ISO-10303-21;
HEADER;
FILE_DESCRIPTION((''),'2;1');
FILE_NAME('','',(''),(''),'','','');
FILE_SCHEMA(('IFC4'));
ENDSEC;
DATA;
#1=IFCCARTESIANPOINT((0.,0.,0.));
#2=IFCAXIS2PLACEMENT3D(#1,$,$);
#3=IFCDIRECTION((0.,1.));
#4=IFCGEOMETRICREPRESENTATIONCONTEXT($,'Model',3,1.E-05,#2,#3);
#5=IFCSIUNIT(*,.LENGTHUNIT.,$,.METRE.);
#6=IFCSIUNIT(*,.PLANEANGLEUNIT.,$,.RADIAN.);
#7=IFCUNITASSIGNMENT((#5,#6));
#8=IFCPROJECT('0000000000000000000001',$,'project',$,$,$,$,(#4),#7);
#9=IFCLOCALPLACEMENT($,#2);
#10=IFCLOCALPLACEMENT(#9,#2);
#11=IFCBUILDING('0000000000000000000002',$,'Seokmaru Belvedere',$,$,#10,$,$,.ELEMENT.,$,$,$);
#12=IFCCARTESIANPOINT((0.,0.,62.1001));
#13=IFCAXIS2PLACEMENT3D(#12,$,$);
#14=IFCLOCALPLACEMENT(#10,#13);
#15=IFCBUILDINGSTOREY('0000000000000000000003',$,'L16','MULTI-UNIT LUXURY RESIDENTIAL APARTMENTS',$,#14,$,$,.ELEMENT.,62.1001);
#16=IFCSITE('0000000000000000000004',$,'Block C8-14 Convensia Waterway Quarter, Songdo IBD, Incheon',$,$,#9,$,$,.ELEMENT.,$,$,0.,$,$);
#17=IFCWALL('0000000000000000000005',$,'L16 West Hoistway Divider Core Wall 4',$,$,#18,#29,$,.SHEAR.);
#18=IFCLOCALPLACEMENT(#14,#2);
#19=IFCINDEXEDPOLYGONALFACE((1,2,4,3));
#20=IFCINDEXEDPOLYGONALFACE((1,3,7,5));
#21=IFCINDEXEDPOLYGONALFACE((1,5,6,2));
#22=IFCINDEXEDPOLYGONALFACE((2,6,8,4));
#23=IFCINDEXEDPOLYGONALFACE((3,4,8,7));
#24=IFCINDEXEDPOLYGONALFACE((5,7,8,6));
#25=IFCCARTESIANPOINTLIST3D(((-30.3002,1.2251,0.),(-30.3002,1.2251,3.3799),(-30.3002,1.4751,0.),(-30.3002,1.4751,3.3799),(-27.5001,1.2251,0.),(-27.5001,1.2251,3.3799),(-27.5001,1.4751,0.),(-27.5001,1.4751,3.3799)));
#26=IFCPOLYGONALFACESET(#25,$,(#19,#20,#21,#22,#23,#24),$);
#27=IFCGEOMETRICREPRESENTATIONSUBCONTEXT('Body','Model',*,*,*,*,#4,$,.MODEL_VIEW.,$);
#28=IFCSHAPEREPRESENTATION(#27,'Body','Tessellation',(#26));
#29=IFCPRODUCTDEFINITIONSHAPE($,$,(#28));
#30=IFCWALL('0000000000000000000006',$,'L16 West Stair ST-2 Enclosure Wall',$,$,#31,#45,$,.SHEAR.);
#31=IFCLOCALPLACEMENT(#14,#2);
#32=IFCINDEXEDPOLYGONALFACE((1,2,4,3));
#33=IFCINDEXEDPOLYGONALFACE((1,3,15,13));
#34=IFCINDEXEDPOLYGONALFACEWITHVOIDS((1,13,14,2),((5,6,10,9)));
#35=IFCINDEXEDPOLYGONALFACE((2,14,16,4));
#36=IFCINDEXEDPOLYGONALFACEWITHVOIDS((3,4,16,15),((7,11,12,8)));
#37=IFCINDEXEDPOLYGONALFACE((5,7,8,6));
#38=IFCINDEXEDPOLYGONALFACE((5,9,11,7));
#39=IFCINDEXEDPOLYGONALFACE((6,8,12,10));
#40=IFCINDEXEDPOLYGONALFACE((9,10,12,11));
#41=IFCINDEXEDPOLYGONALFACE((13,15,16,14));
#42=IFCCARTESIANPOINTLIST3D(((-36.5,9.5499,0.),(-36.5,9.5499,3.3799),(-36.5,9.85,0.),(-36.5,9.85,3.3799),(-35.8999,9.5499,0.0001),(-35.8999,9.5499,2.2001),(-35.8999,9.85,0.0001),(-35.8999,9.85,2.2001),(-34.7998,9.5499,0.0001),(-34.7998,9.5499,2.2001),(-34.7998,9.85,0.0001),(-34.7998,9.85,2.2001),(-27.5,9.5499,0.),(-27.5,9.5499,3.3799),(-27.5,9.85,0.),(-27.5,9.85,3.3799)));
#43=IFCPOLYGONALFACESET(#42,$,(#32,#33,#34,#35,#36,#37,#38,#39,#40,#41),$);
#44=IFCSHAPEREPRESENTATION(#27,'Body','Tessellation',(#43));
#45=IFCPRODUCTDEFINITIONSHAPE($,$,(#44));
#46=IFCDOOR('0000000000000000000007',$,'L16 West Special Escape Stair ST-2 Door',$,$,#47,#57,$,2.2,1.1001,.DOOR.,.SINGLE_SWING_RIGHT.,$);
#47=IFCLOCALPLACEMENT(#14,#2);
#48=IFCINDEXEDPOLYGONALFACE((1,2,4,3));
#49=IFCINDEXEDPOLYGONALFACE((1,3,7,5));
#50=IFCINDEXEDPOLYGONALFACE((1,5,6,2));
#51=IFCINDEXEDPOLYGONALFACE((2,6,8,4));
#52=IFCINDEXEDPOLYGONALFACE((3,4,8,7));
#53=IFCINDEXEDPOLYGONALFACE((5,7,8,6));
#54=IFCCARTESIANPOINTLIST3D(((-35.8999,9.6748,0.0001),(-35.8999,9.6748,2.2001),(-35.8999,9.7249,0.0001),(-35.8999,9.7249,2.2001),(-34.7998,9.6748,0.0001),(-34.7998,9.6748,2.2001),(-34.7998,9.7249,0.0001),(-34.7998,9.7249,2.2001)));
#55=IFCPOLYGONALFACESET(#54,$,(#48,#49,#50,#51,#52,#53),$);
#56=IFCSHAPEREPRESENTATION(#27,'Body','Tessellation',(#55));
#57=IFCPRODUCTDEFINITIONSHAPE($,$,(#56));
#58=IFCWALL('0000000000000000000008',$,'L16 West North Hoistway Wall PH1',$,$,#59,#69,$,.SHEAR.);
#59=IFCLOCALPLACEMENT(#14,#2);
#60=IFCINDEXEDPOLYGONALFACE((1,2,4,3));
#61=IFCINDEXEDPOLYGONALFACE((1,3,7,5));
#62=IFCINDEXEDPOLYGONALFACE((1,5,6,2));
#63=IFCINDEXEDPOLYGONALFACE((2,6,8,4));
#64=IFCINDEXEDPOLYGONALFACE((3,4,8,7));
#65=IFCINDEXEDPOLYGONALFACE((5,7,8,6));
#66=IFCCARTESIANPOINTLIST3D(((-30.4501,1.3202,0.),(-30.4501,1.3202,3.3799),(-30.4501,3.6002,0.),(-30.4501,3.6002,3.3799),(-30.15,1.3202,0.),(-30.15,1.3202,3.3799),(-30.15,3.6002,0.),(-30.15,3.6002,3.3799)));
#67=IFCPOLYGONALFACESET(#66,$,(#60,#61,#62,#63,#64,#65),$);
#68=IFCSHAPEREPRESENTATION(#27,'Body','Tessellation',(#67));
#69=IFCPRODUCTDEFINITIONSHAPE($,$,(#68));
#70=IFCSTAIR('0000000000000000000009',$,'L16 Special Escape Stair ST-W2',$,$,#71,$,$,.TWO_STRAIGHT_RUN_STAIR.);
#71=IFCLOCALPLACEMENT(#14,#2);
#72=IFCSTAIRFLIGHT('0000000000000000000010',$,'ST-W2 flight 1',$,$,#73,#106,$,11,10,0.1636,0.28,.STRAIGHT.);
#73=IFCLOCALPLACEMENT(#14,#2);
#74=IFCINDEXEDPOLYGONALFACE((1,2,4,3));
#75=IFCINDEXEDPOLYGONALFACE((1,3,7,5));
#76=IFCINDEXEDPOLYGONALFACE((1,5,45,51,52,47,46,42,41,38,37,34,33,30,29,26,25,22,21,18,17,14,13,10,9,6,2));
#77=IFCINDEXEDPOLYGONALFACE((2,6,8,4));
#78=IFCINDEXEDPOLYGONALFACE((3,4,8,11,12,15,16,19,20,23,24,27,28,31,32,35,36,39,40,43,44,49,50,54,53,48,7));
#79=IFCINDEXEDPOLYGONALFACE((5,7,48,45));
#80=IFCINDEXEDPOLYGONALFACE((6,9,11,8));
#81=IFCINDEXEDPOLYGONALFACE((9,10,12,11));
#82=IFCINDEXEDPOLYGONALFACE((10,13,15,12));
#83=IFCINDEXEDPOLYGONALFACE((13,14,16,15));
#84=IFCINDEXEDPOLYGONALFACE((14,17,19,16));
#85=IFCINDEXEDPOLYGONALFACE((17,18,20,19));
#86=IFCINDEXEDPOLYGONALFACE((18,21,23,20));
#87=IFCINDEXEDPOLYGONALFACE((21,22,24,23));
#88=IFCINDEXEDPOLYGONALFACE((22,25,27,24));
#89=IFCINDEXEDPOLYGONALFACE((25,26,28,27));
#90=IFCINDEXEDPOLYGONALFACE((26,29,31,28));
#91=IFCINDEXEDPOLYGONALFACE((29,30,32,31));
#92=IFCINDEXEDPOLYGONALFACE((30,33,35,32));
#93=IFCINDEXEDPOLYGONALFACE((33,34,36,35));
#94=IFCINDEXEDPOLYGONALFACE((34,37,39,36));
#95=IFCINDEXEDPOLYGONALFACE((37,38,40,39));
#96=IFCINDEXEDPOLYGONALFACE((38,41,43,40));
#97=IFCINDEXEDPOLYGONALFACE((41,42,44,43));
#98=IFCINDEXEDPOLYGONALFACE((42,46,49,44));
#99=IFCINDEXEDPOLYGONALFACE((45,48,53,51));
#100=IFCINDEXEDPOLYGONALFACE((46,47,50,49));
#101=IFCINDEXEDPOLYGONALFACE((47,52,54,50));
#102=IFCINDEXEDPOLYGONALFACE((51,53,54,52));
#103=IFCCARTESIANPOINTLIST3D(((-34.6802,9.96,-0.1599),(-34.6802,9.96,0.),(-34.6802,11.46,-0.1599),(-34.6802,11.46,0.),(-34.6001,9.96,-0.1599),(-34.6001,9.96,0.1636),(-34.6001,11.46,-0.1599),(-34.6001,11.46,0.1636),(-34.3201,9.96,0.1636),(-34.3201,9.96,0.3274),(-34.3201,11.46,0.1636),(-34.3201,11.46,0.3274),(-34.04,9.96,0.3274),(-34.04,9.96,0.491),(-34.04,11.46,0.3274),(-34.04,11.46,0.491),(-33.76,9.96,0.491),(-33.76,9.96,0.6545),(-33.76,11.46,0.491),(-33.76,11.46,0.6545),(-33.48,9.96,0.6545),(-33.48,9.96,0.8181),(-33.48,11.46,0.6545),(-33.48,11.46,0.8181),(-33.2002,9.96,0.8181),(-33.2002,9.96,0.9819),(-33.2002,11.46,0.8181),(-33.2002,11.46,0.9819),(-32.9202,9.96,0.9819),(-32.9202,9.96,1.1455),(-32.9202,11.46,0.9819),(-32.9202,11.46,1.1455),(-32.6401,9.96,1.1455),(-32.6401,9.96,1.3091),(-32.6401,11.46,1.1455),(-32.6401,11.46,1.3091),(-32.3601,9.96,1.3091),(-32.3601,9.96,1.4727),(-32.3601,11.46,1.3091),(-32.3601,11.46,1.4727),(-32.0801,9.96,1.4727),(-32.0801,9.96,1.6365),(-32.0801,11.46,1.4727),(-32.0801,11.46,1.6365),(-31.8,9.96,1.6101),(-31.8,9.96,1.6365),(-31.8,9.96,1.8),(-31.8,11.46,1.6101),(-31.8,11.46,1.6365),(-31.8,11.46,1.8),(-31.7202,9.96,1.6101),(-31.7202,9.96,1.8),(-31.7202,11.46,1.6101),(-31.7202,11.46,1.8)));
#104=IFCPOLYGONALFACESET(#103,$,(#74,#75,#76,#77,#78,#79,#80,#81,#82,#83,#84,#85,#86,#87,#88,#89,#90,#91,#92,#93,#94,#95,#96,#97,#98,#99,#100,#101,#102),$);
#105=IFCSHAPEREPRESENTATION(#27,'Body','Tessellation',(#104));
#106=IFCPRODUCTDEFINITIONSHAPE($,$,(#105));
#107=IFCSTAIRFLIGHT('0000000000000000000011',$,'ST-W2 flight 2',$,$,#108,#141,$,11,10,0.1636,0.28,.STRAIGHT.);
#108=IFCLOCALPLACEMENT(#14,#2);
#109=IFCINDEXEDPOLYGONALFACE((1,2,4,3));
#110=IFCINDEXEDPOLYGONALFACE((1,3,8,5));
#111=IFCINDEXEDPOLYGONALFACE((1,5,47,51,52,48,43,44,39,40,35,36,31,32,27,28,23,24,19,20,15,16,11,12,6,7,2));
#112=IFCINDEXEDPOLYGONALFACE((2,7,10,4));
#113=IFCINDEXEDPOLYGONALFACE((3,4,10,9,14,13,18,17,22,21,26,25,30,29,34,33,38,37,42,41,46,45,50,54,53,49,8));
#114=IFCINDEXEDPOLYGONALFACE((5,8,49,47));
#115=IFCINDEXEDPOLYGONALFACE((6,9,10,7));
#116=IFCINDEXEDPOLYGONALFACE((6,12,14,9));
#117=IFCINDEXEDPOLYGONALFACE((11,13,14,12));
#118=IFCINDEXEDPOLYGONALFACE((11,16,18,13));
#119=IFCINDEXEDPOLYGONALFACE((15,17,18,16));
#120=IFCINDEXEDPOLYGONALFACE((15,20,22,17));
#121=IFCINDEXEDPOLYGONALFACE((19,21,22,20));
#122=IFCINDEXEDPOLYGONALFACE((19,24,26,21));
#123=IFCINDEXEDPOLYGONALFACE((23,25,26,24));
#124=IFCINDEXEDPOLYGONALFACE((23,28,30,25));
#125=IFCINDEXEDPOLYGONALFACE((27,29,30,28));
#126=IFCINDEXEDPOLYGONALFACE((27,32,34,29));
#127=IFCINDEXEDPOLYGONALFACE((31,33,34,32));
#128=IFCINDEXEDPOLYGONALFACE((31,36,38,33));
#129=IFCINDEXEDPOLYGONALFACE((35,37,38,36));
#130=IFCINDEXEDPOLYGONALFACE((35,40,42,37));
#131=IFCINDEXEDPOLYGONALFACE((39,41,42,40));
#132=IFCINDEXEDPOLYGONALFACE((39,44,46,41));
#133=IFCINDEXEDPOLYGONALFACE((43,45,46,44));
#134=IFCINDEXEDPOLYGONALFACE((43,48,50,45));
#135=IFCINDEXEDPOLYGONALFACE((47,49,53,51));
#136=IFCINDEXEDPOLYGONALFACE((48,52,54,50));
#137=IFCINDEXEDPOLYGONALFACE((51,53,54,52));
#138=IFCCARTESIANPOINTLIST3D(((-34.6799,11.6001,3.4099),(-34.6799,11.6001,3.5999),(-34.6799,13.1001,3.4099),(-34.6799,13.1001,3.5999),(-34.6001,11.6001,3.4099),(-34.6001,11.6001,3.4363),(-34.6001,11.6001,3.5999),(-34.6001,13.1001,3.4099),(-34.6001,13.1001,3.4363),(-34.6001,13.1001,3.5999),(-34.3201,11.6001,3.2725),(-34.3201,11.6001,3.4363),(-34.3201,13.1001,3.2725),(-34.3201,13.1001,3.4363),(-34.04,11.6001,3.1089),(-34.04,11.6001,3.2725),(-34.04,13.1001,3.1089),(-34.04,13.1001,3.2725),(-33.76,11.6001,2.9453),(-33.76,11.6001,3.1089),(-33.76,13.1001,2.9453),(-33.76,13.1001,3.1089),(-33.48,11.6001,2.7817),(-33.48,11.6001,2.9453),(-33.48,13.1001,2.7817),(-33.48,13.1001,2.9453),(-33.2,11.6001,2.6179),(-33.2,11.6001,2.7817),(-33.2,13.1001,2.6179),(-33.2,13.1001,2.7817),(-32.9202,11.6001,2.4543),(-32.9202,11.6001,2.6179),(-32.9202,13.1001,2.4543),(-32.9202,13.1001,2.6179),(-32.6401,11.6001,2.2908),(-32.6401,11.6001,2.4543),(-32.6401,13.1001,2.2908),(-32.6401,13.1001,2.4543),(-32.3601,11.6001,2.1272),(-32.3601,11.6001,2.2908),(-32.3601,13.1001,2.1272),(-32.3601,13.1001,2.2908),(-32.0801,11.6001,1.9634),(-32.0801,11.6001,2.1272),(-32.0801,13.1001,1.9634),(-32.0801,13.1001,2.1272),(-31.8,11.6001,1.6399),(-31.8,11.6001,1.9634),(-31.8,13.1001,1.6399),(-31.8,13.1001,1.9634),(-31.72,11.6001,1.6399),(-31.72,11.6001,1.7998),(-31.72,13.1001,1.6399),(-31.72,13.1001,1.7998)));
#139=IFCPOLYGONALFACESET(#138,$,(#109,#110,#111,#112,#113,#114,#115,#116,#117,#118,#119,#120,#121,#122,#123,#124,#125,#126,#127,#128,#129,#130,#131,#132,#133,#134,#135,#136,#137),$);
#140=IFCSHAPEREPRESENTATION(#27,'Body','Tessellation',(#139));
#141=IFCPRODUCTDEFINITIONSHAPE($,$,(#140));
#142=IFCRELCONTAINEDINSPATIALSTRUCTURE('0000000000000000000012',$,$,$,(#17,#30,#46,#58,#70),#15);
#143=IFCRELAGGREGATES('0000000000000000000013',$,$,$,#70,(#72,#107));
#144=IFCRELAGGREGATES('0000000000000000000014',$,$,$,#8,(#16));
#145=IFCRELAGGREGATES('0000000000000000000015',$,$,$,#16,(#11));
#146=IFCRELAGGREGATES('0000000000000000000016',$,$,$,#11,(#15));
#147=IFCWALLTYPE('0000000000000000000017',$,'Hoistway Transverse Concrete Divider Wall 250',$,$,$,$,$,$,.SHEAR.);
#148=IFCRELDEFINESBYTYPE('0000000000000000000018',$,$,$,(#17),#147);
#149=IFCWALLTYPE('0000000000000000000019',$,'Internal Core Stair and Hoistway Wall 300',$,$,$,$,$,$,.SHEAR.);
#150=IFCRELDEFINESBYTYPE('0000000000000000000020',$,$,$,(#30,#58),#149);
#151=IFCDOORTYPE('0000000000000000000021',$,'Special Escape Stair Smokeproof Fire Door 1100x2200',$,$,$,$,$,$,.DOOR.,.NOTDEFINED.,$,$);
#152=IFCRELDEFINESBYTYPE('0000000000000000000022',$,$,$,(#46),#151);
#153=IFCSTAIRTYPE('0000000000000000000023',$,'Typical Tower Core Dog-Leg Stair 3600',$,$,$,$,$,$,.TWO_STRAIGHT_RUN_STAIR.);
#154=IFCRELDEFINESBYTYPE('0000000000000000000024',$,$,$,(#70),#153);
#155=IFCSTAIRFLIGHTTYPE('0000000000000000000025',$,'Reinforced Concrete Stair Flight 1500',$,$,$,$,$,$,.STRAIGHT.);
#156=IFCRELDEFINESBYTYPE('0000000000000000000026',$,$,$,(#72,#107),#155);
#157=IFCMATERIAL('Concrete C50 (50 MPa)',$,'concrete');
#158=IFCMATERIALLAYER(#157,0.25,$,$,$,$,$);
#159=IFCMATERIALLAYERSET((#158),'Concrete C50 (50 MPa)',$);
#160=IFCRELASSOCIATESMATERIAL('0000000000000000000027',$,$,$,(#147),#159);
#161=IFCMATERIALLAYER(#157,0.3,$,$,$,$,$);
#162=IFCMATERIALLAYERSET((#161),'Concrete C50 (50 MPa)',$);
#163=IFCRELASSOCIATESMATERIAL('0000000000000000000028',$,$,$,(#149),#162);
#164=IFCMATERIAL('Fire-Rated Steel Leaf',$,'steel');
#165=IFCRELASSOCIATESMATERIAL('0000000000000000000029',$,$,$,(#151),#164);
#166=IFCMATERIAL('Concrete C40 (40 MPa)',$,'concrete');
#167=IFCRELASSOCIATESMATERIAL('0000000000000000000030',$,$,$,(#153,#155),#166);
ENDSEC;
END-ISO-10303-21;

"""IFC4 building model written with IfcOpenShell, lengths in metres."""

from ifc_helpers import new_model, si_unit, direction, frame, frame_2d, origin, place, context, subcontext, project, spatial, polyline, rectangle, outline, extrude, source, transform, mapped, material, layer, layer_set, type_object, type_shapes, element, fill, aggregate, save


model = new_model("IFC4")

# Units and contexts
model_context = context("Model", 3, precision=1e-05, world=origin(), true_north=direction((0.0, 1.0)))
body_context = subcontext(model_context, "Body", "Model", "MODEL_VIEW")
ifc_project = project(units=[si_unit("LENGTHUNIT", "METRE"), si_unit("PLANEANGLEUNIT", "RADIAN")], contexts=[model_context])

# Site, building, storey
site_placement = place(None, origin())
site = spatial("IfcSite", under=ifc_project, at=site_placement, Name="Block C8-14 Convensia Waterway Quarter, Songdo IBD, Incheon", CompositionType="ELEMENT", RefElevation=0.0)
building_placement = place(site_placement, origin())
building = spatial("IfcBuilding", under=site, at=building_placement, Name="Seokmaru Belvedere", CompositionType="ELEMENT")
storey_placement = place(building_placement, frame((0.0, 0.0, 62.1001)))
storey = spatial("IfcBuildingStorey", under=building, at=storey_placement, Name="L16", Description="MULTI-UNIT LUXURY RESIDENTIAL APARTMENTS", CompositionType="ELEMENT", Elevation=62.1001)

# Shared definitions
ifc_material_1 = material(Name="Fire-Rated Steel Leaf", Category="steel")

# Wall
ifc_material_2 = material(Name="Concrete C50 (50 MPa)", Category="concrete")
ifc_layer_1 = layer(ifc_material_2, 0.25)
ifc_layer_set_1 = layer_set([ifc_layer_1], Name="Concrete C50 (50 MPa)")
wall_type_1 = type_object("IfcWallType", Name="Hoistway Transverse Concrete Divider Wall 250", PredefinedType="SHEAR", material=ifc_layer_set_1)
wall_1_placement = place(storey_placement, frame((-30.3, 1.3501, 0.0), z_axis=(0.0, 0.0, 1.0), x_axis=(1.0, 0.0, 0.0)))
element("IfcWall", 1, at=wall_1_placement, inside=storey, type_object=wall_type_1, Name="L16 West Hoistway Divider Core Wall 4", PredefinedType="SHEAR", context=body_context, shape_type="SweptSolid", body=[
    extrude(rectangle(XDim=2.8, YDim=0.25, at=frame_2d((1.3999, 0.0))), origin(), (0.0, 0.0, 1.0), 3.3799),
])

# Wall, opening, door
ifc_layer_2 = layer(ifc_material_2, 0.3)
ifc_layer_set_2 = layer_set([ifc_layer_2], Name="Concrete C50 (50 MPa)")
wall_type_2 = type_object("IfcWallType", Name="Internal Core Stair and Hoistway Wall 300", PredefinedType="SHEAR", material=ifc_layer_set_2)
wall_2_placement = place(storey_placement, frame((-36.5, 9.7, 0.0), z_axis=(0.0, 0.0, 1.0), x_axis=(1.0, 0.0, 0.0)))
wall_2 = element("IfcWall", 2, at=wall_2_placement, inside=storey, type_object=wall_type_2, Name="L16 West Stair ST-2 Enclosure Wall", PredefinedType="SHEAR", context=body_context, shape_type="SweptSolid", body=[
    extrude(rectangle(XDim=9.0, YDim=0.3, at=frame_2d((4.5, 0.0))), origin(), (0.0, 0.0, 1.0), 3.3799),
])
opening_1_placement = place(wall_2_placement, frame((0.6001, 0.0, 0.0)))
opening_1 = element("IfcOpeningElement", 3, at=opening_1_placement, cuts=wall_2, PredefinedType="OPENING", context=body_context, shape_type="SweptSolid", body=[
    extrude(rectangle(XDim=1.1001, YDim=2.2, at=frame_2d((0.55, 1.1001))), frame((0.0, 0.1602, 0.0), z_axis=(0.0, -1.0, 0.0), x_axis=(1.0, 0.0, 0.0)), (0.0, 0.0, 1.0), 0.3201),
])
door_type_1 = type_object("IfcDoorType", Name="Special Escape Stair Smokeproof Fire Door 1100x2200", OperationType="NOTDEFINED", PredefinedType="DOOR", material=ifc_material_1)
shared_shape_1 = source(origin(), body_context, "Body", "SweptSolid", [
    extrude(rectangle(XDim=1.1001, YDim=2.2, at=frame_2d((0.55, 1.1001))), frame((0.0, 0.0249, 0.0), z_axis=(0.0, -1.0, 0.0), x_axis=(1.0, 0.0, 0.0)), (0.0, 0.0, 1.0), 0.05),
])
type_shapes(door_type_1, [shared_shape_1])
door_1_placement = place(opening_1_placement, origin())
door_1 = element("IfcDoor", 4, at=door_1_placement, inside=storey, type_object=door_type_1, Name="L16 West Special Escape Stair ST-2 Door", OperationType="SINGLE_SWING_RIGHT", OverallHeight=2.2, OverallWidth=1.1001, PredefinedType="DOOR", context=body_context, shape_type="MappedRepresentation", body=[
    mapped(shared_shape_1, transform((0.0, 0.0, 0.0), scale=1.0)),
])
fill(opening_1, door_1)

# Wall
wall_3_placement = place(storey_placement, frame((-30.3, 1.3201, 0.0), z_axis=(0.0, 0.0, 1.0), x_axis=(0.0, 1.0, 0.0)))
element("IfcWall", 5, at=wall_3_placement, inside=storey, type_object=wall_type_2, Name="L16 West North Hoistway Wall PH1", PredefinedType="SHEAR", context=body_context, shape_type="SweptSolid", body=[
    extrude(rectangle(XDim=2.28, YDim=0.3, at=frame_2d((1.1401, 0.0))), origin(), (0.0, 0.0, 1.0), 3.3799),
])

# Stair, stair flights
ifc_material_3 = material(Name="Concrete C40 (40 MPa)", Category="concrete")
stair_type = type_object("IfcStairType", Name="Typical Tower Core Dog-Leg Stair 3600", PredefinedType="TWO_STRAIGHT_RUN_STAIR", material=ifc_material_3)
stair_placement = place(storey_placement, origin())
stair = element("IfcStair", 6, at=stair_placement, inside=storey, type_object=stair_type, Name="L16 Special Escape Stair ST-W2", PredefinedType="TWO_STRAIGHT_RUN_STAIR")
stair_flight_type = type_object("IfcStairFlightType", Name="Reinforced Concrete Stair Flight 1500", PredefinedType="STRAIGHT", material=ifc_material_3)
stair_flight_1_placement = place(storey_placement, frame((-34.6001, 10.71, 0.0), z_axis=(0.0, 0.0, 1.0), x_axis=(1.0, 0.0, 0.0)))
stair_flight_1 = element("IfcStairFlight", 7, at=stair_flight_1_placement, type_object=stair_flight_type, Name="ST-W2 flight 1", NumberOfRisers=11, NumberOfTreads=10, PredefinedType="STRAIGHT", RiserHeight=0.1636, TreadLength=0.28, context=body_context, shape_type="SweptSolid", body=[
    extrude(outline(polyline([(-0.0801, 0.0), (0.0, 0.1636), (0.28, 0.1636), (0.28, 0.3274), (0.5601, 0.3274), (0.5601, 0.491), (0.8401, 0.491), (0.8401, 0.6545), (1.1201, 0.6545), (1.1201, 0.8181), (1.3999, 0.8181), (1.3999, 0.9819), (1.6799, 0.9819), (1.6799, 1.1455), (1.96, 1.1455), (1.96, 1.3091), (2.24, 1.3091), (2.24, 1.4727), (2.52, 1.4727), (2.52, 1.6365), (2.8, 1.6365), (2.8, 1.8), (2.8799, 1.8), (2.8799, 1.6101), (2.8, 1.6101), (0.0, -0.1599), (-0.0801, -0.1599), (-0.0801, 0.0)])), frame((0.0, 0.75, 0.0), z_axis=(0.0, -1.0, 0.0), x_axis=(1.0, 0.0, 0.0)), (0.0, 0.0, 1.0), 1.5),
])
stair_flight_2_placement = place(storey_placement, frame((-31.8, 12.3501, 1.7998), z_axis=(0.0, 0.0, 1.0), x_axis=(-1.0, 0.0, 0.0)))
stair_flight_2 = element("IfcStairFlight", 8, at=stair_flight_2_placement, type_object=stair_flight_type, Name="ST-W2 flight 2", NumberOfRisers=11, NumberOfTreads=10, PredefinedType="STRAIGHT", RiserHeight=0.1636, TreadLength=0.28, context=body_context, shape_type="SweptSolid", body=[
    extrude(outline(polyline([(-0.0801, 0.0), (0.0, 0.1636), (0.28, 0.1636), (0.28, 0.3274), (0.5601, 0.3274), (0.5601, 0.491), (0.8401, 0.491), (0.8401, 0.6545), (1.1201, 0.6545), (1.1201, 0.8181), (1.3999, 0.8181), (1.3999, 0.9819), (1.6799, 0.9819), (1.6799, 1.1455), (1.96, 1.1455), (1.96, 1.3091), (2.24, 1.3091), (2.24, 1.4727), (2.52, 1.4727), (2.52, 1.6365), (2.8, 1.6365), (2.8, 1.8), (2.8799, 1.8), (2.8799, 1.6101), (2.8, 1.6101), (0.0, -0.1599), (-0.0801, -0.1599), (-0.0801, 0.0)])), frame((0.0, 0.75, 0.0), z_axis=(0.0, -1.0, 0.0), x_axis=(1.0, 0.0, 0.0)), (0.0, 0.0, 1.0), 1.5),
])
aggregate(stair, [stair_flight_1, stair_flight_2])

save(model, "model.ifc")
